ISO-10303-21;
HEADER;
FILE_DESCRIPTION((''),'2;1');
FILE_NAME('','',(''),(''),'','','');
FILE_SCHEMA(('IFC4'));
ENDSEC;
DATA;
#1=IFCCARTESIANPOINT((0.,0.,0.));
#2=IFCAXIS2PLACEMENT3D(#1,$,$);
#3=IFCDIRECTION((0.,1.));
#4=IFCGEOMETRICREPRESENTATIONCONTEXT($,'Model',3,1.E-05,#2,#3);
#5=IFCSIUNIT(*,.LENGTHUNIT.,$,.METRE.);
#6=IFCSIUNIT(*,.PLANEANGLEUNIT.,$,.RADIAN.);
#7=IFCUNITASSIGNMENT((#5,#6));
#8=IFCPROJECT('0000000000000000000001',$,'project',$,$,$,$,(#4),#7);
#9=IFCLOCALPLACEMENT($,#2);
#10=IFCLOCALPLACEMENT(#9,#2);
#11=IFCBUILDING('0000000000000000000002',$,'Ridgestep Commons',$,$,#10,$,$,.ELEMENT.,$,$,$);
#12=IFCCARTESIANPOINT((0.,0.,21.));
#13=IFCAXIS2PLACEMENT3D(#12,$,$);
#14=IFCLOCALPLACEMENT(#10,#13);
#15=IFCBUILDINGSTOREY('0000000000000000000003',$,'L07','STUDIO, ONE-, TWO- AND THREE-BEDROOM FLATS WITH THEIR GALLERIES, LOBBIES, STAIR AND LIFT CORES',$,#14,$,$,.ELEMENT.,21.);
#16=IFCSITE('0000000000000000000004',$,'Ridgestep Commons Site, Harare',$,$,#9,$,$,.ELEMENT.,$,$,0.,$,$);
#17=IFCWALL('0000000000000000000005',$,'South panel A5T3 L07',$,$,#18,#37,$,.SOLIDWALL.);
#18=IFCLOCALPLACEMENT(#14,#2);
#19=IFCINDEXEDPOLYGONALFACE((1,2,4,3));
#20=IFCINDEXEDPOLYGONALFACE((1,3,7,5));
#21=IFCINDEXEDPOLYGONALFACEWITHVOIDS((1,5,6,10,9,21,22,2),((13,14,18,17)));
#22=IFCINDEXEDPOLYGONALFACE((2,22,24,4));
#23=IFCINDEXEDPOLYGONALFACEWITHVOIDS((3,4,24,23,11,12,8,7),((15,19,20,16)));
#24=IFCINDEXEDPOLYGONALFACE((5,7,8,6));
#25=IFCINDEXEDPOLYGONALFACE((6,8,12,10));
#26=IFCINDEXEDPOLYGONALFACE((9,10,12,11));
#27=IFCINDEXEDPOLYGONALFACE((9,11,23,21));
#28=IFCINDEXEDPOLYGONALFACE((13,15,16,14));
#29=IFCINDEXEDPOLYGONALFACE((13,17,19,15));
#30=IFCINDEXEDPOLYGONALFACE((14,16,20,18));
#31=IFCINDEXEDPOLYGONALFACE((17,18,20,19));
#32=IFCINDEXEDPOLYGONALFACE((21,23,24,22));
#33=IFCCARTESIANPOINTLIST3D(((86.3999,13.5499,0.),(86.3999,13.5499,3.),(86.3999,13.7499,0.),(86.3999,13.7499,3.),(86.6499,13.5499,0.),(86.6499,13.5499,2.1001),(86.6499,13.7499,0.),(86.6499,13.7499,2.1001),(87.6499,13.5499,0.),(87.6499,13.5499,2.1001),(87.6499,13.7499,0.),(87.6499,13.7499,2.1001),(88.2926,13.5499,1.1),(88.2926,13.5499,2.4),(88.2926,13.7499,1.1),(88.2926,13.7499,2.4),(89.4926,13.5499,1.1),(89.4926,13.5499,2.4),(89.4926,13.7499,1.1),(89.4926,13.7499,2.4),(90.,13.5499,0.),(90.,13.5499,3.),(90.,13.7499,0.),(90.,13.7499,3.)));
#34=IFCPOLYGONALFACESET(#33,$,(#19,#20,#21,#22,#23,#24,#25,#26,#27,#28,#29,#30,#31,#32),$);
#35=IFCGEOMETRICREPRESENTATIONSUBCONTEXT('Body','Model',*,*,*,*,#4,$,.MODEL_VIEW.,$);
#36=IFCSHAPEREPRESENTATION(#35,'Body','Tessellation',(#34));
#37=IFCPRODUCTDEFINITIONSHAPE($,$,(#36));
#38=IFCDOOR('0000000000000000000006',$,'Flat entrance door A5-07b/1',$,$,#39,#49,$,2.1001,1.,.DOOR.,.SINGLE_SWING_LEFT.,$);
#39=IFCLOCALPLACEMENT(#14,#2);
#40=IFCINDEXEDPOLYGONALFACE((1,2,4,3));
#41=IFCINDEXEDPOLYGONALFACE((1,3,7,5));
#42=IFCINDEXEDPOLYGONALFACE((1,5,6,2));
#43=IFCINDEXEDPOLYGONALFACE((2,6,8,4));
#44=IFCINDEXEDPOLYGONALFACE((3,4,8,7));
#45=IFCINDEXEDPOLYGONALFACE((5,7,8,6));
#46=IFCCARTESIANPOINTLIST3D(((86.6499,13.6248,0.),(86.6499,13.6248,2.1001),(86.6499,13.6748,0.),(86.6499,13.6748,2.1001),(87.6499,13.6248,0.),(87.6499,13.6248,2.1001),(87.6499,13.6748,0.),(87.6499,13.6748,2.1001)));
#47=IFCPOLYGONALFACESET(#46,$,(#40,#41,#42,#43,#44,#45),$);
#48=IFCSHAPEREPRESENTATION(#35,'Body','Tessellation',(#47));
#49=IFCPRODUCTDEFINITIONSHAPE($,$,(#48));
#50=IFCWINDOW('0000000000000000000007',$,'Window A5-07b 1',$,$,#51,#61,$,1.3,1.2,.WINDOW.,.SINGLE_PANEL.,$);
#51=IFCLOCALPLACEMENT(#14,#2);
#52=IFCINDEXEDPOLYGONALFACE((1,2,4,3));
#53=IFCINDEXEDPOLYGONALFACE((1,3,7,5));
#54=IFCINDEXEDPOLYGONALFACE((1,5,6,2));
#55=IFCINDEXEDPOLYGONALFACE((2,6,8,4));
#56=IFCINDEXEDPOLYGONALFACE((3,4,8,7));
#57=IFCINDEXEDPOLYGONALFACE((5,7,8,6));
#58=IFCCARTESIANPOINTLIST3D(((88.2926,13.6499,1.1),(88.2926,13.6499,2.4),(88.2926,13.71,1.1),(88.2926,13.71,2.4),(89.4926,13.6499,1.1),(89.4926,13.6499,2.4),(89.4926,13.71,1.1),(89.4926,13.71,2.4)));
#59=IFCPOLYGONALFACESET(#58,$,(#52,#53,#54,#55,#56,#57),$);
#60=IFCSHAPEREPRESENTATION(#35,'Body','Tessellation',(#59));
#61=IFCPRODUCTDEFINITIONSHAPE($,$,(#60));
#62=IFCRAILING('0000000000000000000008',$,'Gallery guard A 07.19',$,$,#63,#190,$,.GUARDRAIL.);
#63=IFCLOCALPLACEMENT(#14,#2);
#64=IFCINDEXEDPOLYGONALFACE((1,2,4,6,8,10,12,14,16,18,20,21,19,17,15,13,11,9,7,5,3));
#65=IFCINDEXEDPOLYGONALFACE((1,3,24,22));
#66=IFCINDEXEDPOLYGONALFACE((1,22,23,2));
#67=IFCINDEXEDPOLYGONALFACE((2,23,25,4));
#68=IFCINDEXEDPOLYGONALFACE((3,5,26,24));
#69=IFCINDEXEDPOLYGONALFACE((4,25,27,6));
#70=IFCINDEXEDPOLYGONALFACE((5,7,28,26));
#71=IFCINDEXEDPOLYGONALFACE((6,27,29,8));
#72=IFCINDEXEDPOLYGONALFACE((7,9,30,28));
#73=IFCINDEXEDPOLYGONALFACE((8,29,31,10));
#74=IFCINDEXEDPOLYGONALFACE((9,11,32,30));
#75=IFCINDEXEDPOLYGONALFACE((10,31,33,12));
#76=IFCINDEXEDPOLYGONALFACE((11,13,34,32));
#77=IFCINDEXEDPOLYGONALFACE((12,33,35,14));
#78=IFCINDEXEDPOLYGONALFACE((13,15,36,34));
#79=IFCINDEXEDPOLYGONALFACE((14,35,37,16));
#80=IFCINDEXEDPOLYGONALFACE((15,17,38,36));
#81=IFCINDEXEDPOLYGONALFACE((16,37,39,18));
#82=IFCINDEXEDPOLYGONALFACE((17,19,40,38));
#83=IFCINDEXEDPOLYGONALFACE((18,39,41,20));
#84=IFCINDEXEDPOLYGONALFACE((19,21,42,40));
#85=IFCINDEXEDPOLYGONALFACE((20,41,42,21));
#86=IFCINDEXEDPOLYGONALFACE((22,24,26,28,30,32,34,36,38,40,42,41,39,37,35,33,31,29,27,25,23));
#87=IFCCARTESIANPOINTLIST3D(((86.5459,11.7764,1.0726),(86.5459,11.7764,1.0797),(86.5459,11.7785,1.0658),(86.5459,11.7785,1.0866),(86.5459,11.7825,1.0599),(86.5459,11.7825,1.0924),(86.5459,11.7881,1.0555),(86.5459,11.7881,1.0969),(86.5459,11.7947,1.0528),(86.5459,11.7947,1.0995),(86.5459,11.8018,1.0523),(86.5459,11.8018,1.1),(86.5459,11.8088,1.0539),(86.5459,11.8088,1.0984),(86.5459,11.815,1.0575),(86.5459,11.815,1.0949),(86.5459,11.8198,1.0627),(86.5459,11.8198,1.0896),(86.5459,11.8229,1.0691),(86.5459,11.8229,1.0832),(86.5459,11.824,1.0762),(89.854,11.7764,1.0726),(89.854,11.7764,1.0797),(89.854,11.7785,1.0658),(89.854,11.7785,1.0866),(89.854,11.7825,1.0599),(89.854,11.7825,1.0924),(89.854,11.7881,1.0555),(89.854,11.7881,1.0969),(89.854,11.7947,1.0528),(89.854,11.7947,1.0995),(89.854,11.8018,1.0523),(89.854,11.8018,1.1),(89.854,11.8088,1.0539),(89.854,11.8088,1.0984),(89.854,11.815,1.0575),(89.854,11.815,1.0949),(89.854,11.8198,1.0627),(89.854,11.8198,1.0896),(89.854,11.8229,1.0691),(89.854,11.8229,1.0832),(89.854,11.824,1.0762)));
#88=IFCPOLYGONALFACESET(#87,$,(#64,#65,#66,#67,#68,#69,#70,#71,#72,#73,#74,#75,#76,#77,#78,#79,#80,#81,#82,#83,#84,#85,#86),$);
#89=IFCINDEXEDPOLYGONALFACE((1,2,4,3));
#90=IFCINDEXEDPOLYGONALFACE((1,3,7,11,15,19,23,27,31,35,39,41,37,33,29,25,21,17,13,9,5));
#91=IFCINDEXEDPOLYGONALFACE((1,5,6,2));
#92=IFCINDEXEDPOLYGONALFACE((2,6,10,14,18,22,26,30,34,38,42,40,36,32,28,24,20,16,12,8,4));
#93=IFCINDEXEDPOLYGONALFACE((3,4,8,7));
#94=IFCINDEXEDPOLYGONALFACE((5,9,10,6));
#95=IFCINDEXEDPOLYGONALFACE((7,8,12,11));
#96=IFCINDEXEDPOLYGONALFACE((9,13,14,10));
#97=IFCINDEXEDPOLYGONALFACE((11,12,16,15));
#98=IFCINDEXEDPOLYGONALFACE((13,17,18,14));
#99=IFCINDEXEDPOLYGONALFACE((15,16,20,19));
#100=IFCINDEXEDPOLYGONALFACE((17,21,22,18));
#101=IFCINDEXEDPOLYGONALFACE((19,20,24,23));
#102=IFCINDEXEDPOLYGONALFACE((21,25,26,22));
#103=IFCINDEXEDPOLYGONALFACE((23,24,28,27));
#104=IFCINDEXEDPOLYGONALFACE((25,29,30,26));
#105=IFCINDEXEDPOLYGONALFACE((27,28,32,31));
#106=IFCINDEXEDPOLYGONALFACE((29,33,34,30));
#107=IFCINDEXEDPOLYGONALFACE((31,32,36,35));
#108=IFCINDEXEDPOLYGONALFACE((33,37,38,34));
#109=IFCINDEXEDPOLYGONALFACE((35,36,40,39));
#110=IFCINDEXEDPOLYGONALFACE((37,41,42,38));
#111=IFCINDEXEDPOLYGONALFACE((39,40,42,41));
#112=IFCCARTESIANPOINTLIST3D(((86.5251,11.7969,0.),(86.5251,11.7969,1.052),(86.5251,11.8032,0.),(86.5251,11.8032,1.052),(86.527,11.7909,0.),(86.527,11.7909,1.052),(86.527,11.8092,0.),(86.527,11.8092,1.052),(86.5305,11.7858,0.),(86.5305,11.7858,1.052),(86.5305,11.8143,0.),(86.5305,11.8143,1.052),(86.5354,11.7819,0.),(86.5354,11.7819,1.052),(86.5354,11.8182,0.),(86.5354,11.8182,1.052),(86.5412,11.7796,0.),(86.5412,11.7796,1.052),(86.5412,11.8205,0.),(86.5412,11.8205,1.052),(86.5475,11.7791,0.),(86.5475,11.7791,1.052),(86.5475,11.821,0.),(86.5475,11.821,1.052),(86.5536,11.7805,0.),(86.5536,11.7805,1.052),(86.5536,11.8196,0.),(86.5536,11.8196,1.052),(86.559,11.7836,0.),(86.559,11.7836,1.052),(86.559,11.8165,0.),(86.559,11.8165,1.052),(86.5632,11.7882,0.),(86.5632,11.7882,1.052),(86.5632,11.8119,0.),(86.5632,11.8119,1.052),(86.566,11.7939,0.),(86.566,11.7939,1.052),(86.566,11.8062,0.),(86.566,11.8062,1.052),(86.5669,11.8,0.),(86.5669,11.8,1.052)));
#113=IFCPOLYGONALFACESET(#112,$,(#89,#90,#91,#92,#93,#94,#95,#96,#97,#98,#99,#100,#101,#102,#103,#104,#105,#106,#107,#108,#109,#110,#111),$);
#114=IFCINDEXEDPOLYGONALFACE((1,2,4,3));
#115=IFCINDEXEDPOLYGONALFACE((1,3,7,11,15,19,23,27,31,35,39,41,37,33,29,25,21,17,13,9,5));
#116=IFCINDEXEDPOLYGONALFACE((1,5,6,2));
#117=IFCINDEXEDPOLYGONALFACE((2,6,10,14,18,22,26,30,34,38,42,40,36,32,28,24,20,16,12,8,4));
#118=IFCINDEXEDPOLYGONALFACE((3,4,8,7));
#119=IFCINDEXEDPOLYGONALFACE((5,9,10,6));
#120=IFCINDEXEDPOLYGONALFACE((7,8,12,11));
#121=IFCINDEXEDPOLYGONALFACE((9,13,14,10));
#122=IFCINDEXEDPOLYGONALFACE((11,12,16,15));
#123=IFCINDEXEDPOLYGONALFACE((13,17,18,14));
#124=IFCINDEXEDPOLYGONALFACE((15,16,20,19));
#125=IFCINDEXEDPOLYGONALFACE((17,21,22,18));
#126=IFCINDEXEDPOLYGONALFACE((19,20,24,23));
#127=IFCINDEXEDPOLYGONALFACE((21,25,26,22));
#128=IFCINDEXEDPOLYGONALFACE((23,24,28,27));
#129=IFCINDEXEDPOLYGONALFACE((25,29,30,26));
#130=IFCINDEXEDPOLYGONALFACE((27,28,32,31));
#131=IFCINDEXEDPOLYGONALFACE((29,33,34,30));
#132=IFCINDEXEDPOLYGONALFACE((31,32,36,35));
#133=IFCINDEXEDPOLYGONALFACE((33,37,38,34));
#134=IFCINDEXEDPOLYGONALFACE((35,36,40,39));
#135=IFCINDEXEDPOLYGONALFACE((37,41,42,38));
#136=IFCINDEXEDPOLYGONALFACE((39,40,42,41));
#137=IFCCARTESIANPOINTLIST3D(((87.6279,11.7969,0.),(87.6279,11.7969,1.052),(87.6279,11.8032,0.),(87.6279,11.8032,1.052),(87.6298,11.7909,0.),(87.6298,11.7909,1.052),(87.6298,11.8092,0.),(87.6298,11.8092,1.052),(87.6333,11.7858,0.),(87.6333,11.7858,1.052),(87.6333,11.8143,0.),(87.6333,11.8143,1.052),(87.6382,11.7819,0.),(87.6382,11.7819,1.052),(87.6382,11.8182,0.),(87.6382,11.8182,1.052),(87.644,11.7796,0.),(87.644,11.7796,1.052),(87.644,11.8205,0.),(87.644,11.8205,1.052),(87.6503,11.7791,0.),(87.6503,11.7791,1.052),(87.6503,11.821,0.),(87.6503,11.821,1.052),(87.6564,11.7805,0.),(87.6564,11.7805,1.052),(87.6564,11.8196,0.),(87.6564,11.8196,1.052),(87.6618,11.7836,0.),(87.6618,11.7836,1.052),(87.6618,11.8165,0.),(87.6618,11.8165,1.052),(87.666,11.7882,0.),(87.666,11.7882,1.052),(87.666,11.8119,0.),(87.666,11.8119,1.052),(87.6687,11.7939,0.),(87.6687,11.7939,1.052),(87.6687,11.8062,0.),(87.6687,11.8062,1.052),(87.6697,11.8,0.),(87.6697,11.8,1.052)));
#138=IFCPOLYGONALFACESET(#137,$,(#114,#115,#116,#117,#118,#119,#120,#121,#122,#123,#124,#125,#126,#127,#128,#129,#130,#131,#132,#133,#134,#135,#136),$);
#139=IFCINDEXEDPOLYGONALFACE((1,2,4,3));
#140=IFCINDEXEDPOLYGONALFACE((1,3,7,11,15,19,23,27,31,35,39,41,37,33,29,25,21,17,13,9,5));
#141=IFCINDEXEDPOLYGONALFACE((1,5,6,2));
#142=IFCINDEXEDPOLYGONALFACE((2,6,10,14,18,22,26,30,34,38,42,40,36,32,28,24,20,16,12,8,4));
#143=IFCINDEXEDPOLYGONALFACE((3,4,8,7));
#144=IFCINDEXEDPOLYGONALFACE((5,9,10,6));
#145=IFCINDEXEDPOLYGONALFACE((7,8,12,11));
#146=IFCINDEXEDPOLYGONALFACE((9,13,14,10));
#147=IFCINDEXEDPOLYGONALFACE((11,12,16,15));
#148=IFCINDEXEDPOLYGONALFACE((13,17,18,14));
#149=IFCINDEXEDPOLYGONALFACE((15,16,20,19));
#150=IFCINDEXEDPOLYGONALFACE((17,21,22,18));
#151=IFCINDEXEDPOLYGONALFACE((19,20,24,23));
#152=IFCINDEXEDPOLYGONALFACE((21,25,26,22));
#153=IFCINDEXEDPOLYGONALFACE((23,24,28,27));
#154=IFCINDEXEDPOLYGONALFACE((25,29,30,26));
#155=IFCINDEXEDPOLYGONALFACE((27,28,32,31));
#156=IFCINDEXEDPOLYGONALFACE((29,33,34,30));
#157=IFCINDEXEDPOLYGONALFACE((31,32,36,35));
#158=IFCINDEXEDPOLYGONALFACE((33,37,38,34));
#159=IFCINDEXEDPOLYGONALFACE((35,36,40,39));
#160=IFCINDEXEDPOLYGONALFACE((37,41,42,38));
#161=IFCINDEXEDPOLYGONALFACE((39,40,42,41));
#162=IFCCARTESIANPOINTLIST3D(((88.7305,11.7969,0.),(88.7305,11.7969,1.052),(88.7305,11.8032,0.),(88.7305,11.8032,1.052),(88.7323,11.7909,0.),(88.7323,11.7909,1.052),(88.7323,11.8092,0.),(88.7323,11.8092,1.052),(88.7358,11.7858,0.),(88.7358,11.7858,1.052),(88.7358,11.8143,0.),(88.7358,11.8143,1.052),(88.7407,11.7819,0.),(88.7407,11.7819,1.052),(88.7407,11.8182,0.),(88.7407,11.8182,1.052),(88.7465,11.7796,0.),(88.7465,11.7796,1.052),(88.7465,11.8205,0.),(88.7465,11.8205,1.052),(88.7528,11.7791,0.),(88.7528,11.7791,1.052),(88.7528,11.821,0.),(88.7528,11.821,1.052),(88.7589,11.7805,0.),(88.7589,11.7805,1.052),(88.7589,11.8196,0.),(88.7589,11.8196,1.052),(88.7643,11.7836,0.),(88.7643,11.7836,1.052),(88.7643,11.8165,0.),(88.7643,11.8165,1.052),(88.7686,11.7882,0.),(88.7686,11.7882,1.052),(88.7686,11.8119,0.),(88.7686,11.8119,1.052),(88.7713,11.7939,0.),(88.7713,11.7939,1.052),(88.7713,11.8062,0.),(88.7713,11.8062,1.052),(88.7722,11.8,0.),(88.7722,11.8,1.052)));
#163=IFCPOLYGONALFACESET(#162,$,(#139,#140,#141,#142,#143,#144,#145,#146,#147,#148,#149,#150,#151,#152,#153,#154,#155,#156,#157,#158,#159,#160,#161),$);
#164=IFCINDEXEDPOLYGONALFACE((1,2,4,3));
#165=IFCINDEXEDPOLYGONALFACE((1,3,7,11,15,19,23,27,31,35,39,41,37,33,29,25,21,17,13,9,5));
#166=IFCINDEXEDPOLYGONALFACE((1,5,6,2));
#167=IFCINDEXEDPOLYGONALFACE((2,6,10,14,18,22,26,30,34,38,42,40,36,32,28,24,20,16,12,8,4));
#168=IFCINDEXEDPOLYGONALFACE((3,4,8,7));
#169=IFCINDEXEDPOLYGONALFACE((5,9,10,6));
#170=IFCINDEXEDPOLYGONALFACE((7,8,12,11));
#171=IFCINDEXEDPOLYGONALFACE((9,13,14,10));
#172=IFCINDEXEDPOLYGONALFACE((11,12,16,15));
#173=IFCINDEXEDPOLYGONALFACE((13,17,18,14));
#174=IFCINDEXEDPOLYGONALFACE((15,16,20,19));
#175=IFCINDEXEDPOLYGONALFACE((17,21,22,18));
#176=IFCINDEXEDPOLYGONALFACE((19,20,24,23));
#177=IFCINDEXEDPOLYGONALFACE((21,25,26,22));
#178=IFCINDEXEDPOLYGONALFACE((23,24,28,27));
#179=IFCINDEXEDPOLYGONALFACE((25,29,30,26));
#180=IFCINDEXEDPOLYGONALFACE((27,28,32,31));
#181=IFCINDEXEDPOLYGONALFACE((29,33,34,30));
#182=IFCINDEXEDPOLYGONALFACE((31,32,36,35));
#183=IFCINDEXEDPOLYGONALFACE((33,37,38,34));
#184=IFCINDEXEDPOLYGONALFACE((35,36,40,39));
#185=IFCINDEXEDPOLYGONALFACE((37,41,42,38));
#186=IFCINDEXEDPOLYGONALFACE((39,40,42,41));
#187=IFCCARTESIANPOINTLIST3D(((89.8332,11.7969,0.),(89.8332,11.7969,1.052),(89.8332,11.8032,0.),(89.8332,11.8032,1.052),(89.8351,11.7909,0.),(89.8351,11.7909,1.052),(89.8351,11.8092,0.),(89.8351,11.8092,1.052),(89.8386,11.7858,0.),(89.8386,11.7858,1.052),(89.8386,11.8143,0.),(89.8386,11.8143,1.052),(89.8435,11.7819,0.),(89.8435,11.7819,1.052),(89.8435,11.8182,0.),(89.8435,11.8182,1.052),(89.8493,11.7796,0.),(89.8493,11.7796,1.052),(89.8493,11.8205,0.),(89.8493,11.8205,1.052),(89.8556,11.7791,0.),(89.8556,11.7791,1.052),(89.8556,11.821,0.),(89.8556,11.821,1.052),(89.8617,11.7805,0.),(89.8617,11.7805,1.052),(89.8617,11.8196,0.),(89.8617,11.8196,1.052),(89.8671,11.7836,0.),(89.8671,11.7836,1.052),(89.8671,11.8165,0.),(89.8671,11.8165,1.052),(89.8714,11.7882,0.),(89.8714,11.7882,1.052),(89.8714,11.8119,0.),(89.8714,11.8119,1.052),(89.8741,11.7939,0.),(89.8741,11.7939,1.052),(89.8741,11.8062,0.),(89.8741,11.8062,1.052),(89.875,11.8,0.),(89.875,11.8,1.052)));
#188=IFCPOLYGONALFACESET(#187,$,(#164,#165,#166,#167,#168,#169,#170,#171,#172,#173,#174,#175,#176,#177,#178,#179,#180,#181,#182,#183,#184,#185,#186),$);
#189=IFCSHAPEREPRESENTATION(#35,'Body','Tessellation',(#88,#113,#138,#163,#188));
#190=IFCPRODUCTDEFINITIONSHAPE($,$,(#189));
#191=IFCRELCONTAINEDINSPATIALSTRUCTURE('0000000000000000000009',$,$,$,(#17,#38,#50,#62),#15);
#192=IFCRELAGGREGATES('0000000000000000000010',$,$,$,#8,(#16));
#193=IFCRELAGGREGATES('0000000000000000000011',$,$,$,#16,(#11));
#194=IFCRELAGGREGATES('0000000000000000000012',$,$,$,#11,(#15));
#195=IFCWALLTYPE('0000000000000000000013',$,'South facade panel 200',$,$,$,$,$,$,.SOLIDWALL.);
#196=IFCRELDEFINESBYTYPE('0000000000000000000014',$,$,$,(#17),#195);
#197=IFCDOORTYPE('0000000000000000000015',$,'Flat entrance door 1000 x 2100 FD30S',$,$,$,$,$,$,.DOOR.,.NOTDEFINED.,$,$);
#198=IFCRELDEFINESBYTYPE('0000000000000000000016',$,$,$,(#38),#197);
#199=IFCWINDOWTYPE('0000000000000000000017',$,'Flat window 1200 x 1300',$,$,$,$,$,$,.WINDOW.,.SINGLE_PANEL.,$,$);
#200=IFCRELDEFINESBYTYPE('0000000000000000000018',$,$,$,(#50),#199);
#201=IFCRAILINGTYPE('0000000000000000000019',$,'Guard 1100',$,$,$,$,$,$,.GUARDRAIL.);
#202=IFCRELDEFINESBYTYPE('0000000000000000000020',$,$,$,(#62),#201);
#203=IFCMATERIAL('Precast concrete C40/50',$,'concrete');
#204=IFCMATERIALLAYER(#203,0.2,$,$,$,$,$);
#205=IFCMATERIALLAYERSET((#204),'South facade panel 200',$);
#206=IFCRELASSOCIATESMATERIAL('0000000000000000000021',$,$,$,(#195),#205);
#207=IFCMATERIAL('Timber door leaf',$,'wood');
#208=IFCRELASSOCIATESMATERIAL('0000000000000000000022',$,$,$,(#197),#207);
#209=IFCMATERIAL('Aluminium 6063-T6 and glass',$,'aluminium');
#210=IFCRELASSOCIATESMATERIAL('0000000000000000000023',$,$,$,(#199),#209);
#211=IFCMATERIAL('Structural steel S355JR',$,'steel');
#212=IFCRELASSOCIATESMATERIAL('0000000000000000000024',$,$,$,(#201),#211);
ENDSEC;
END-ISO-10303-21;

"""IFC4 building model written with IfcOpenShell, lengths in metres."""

from ifc_helpers import new_model, si_unit, direction, frame, frame_2d, origin, origin_2d, place, context, subcontext, project, spatial, rectangle, circle, extrude, material, layer, layer_set, type_object, element, fill, save


model = new_model("IFC4")

# Units and contexts
model_context = context("Model", 3, precision=1e-05, world=origin(), true_north=direction((0.0, 1.0)))
body_context = subcontext(model_context, "Body", "Model", "MODEL_VIEW")
ifc_project = project(units=[si_unit("LENGTHUNIT", "METRE"), si_unit("PLANEANGLEUNIT", "RADIAN")], contexts=[model_context])

# Site, building, storey
site_placement = place(None, origin())
site = spatial("IfcSite", under=ifc_project, at=site_placement, Name="Ridgestep Commons Site, Harare", CompositionType="ELEMENT", RefElevation=0.0)
building_placement = place(site_placement, origin())
building = spatial("IfcBuilding", under=site, at=building_placement, Name="Ridgestep Commons", CompositionType="ELEMENT")
storey_placement = place(building_placement, frame((0.0, 0.0, 21.0)))
storey = spatial("IfcBuildingStorey", under=building, at=storey_placement, Name="L07", Description="STUDIO, ONE-, TWO- AND THREE-BEDROOM FLATS WITH THEIR GALLERIES, LOBBIES, STAIR AND LIFT CORES", CompositionType="ELEMENT", Elevation=21.0)

# Wall, openings, door, window
ifc_material_1 = material(Name="Precast concrete C40/50", Category="concrete")
ifc_layer_1 = layer(ifc_material_1, 0.2)
ifc_layer_set_1 = layer_set([ifc_layer_1], Name="South facade panel 200")
wall_type_1 = type_object("IfcWallType", Name="South facade panel 200", PredefinedType="SOLIDWALL", material=ifc_layer_set_1)
wall_1_placement = place(storey_placement, frame((86.3999, 13.6499, 0.0), z_axis=(0.0, 0.0, 1.0), x_axis=(1.0, 0.0, 0.0)))
wall_1 = element("IfcWall", 1, at=wall_1_placement, inside=storey, type_object=wall_type_1, Name="South panel A5T3 L07", PredefinedType="SOLIDWALL", context=body_context, shape_type="SweptSolid", body=[
    extrude(rectangle(XDim=3.6001, YDim=0.2, at=frame_2d((1.8, 0.0))), origin(), (0.0, 0.0, 1.0), 3.0),
])
opening_1_placement = place(wall_1_placement, frame((1.8926, 0.0, 1.1001)))
opening_1 = element("IfcOpeningElement", 2, at=opening_1_placement, cuts=wall_1, PredefinedType="OPENING", context=body_context, shape_type="SweptSolid", body=[
    extrude(rectangle(XDim=1.2, YDim=1.3, at=frame_2d((0.6001, 0.6499))), frame((0.0, 0.1099, 0.0), z_axis=(0.0, -1.0, 0.0), x_axis=(1.0, 0.0, 0.0)), (0.0, 0.0, 1.0), 0.22),
])
opening_2_placement = place(wall_1_placement, frame((0.25, 0.0, 0.0)))
opening_2 = element("IfcOpeningElement", 3, at=opening_2_placement, cuts=wall_1, PredefinedType="OPENING", context=body_context, shape_type="SweptSolid", body=[
    extrude(rectangle(XDim=1.0, YDim=2.1001, at=frame_2d((0.5, 1.05))), frame((0.0, 0.1099, 0.0), z_axis=(0.0, -1.0, 0.0), x_axis=(1.0, 0.0, 0.0)), (0.0, 0.0, 1.0), 0.22),
])
ifc_material_2 = material(Name="Timber door leaf", Category="wood")
door_type_1 = type_object("IfcDoorType", Name="Flat entrance door 1000 x 2100 FD30S", OperationType="NOTDEFINED", PredefinedType="DOOR", material=ifc_material_2)
door_1_placement = place(opening_2_placement, origin())
door_1 = element("IfcDoor", 4, at=door_1_placement, inside=storey, type_object=door_type_1, Name="Flat entrance door A5-07b/1", OperationType="SINGLE_SWING_LEFT", OverallHeight=2.1001, OverallWidth=1.0, PredefinedType="DOOR", context=body_context, shape_type="SweptSolid", body=[
    extrude(rectangle(XDim=1.0, YDim=2.1001, at=frame_2d((0.5, 1.05))), frame((0.0, 0.0249, 0.0), z_axis=(0.0, -1.0, 0.0), x_axis=(1.0, 0.0, 0.0)), (0.0, 0.0, 1.0), 0.05),
])
fill(opening_2, door_1)
ifc_material_3 = material(Name="Aluminium 6063-T6 and glass", Category="aluminium")
window_type = type_object("IfcWindowType", Name="Flat window 1200 x 1300", PartitioningType="SINGLE_PANEL", PredefinedType="WINDOW", material=ifc_material_3)
window_placement = place(opening_1_placement, origin())
window = element("IfcWindow", 5, at=window_placement, inside=storey, type_object=window_type, Name="Window A5-07b 1", OverallHeight=1.3, OverallWidth=1.2, PartitioningType="SINGLE_PANEL", PredefinedType="WINDOW", context=body_context, shape_type="SweptSolid", body=[
    extrude(rectangle(XDim=1.2, YDim=1.3, at=frame_2d((0.6001, 0.6499))), frame((0.0, 0.0601, 0.0), z_axis=(0.0, -1.0, 0.0), x_axis=(1.0, 0.0, 0.0)), (0.0, 0.0, 1.0), 0.0601),
])
fill(opening_1, window)

# Railing
ifc_material_4 = material(Name="Structural steel S355JR", Category="steel")
railing_type = type_object("IfcRailingType", Name="Guard 1100", PredefinedType="GUARDRAIL", material=ifc_material_4)
railing_1_placement = place(storey_placement, frame((86.5459, 11.8, 0.0)))
element("IfcRailing", 6, at=railing_1_placement, inside=storey, type_object=railing_type, Name="Gallery guard A 07.19", PredefinedType="GUARDRAIL", context=body_context, shape_type="SweptSolid", body=[
    extrude(circle(Radius=0.0239, at=origin_2d()), frame((0.0, 0.0, 1.0762), z_axis=(1.0, 0.0, 0.0), x_axis=(0.0, 1.0, 0.0)), (0.0, 0.0, 1.0), 3.3081),
    extrude(circle(Radius=0.021, at=origin_2d()), origin(), (0.0, 0.0, 1.0), 1.052),
    extrude(circle(Radius=0.021, at=origin_2d()), frame((1.1028, 0.0, 0.0)), (0.0, 0.0, 1.0), 1.052),
    extrude(circle(Radius=0.021, at=origin_2d()), frame((2.2053, 0.0, 0.0)), (0.0, 0.0, 1.0), 1.052),
    extrude(circle(Radius=0.021, at=origin_2d()), frame((3.3081, 0.0, 0.0)), (0.0, 0.0, 1.0), 1.052),
])

save(model, "model.ifc")
